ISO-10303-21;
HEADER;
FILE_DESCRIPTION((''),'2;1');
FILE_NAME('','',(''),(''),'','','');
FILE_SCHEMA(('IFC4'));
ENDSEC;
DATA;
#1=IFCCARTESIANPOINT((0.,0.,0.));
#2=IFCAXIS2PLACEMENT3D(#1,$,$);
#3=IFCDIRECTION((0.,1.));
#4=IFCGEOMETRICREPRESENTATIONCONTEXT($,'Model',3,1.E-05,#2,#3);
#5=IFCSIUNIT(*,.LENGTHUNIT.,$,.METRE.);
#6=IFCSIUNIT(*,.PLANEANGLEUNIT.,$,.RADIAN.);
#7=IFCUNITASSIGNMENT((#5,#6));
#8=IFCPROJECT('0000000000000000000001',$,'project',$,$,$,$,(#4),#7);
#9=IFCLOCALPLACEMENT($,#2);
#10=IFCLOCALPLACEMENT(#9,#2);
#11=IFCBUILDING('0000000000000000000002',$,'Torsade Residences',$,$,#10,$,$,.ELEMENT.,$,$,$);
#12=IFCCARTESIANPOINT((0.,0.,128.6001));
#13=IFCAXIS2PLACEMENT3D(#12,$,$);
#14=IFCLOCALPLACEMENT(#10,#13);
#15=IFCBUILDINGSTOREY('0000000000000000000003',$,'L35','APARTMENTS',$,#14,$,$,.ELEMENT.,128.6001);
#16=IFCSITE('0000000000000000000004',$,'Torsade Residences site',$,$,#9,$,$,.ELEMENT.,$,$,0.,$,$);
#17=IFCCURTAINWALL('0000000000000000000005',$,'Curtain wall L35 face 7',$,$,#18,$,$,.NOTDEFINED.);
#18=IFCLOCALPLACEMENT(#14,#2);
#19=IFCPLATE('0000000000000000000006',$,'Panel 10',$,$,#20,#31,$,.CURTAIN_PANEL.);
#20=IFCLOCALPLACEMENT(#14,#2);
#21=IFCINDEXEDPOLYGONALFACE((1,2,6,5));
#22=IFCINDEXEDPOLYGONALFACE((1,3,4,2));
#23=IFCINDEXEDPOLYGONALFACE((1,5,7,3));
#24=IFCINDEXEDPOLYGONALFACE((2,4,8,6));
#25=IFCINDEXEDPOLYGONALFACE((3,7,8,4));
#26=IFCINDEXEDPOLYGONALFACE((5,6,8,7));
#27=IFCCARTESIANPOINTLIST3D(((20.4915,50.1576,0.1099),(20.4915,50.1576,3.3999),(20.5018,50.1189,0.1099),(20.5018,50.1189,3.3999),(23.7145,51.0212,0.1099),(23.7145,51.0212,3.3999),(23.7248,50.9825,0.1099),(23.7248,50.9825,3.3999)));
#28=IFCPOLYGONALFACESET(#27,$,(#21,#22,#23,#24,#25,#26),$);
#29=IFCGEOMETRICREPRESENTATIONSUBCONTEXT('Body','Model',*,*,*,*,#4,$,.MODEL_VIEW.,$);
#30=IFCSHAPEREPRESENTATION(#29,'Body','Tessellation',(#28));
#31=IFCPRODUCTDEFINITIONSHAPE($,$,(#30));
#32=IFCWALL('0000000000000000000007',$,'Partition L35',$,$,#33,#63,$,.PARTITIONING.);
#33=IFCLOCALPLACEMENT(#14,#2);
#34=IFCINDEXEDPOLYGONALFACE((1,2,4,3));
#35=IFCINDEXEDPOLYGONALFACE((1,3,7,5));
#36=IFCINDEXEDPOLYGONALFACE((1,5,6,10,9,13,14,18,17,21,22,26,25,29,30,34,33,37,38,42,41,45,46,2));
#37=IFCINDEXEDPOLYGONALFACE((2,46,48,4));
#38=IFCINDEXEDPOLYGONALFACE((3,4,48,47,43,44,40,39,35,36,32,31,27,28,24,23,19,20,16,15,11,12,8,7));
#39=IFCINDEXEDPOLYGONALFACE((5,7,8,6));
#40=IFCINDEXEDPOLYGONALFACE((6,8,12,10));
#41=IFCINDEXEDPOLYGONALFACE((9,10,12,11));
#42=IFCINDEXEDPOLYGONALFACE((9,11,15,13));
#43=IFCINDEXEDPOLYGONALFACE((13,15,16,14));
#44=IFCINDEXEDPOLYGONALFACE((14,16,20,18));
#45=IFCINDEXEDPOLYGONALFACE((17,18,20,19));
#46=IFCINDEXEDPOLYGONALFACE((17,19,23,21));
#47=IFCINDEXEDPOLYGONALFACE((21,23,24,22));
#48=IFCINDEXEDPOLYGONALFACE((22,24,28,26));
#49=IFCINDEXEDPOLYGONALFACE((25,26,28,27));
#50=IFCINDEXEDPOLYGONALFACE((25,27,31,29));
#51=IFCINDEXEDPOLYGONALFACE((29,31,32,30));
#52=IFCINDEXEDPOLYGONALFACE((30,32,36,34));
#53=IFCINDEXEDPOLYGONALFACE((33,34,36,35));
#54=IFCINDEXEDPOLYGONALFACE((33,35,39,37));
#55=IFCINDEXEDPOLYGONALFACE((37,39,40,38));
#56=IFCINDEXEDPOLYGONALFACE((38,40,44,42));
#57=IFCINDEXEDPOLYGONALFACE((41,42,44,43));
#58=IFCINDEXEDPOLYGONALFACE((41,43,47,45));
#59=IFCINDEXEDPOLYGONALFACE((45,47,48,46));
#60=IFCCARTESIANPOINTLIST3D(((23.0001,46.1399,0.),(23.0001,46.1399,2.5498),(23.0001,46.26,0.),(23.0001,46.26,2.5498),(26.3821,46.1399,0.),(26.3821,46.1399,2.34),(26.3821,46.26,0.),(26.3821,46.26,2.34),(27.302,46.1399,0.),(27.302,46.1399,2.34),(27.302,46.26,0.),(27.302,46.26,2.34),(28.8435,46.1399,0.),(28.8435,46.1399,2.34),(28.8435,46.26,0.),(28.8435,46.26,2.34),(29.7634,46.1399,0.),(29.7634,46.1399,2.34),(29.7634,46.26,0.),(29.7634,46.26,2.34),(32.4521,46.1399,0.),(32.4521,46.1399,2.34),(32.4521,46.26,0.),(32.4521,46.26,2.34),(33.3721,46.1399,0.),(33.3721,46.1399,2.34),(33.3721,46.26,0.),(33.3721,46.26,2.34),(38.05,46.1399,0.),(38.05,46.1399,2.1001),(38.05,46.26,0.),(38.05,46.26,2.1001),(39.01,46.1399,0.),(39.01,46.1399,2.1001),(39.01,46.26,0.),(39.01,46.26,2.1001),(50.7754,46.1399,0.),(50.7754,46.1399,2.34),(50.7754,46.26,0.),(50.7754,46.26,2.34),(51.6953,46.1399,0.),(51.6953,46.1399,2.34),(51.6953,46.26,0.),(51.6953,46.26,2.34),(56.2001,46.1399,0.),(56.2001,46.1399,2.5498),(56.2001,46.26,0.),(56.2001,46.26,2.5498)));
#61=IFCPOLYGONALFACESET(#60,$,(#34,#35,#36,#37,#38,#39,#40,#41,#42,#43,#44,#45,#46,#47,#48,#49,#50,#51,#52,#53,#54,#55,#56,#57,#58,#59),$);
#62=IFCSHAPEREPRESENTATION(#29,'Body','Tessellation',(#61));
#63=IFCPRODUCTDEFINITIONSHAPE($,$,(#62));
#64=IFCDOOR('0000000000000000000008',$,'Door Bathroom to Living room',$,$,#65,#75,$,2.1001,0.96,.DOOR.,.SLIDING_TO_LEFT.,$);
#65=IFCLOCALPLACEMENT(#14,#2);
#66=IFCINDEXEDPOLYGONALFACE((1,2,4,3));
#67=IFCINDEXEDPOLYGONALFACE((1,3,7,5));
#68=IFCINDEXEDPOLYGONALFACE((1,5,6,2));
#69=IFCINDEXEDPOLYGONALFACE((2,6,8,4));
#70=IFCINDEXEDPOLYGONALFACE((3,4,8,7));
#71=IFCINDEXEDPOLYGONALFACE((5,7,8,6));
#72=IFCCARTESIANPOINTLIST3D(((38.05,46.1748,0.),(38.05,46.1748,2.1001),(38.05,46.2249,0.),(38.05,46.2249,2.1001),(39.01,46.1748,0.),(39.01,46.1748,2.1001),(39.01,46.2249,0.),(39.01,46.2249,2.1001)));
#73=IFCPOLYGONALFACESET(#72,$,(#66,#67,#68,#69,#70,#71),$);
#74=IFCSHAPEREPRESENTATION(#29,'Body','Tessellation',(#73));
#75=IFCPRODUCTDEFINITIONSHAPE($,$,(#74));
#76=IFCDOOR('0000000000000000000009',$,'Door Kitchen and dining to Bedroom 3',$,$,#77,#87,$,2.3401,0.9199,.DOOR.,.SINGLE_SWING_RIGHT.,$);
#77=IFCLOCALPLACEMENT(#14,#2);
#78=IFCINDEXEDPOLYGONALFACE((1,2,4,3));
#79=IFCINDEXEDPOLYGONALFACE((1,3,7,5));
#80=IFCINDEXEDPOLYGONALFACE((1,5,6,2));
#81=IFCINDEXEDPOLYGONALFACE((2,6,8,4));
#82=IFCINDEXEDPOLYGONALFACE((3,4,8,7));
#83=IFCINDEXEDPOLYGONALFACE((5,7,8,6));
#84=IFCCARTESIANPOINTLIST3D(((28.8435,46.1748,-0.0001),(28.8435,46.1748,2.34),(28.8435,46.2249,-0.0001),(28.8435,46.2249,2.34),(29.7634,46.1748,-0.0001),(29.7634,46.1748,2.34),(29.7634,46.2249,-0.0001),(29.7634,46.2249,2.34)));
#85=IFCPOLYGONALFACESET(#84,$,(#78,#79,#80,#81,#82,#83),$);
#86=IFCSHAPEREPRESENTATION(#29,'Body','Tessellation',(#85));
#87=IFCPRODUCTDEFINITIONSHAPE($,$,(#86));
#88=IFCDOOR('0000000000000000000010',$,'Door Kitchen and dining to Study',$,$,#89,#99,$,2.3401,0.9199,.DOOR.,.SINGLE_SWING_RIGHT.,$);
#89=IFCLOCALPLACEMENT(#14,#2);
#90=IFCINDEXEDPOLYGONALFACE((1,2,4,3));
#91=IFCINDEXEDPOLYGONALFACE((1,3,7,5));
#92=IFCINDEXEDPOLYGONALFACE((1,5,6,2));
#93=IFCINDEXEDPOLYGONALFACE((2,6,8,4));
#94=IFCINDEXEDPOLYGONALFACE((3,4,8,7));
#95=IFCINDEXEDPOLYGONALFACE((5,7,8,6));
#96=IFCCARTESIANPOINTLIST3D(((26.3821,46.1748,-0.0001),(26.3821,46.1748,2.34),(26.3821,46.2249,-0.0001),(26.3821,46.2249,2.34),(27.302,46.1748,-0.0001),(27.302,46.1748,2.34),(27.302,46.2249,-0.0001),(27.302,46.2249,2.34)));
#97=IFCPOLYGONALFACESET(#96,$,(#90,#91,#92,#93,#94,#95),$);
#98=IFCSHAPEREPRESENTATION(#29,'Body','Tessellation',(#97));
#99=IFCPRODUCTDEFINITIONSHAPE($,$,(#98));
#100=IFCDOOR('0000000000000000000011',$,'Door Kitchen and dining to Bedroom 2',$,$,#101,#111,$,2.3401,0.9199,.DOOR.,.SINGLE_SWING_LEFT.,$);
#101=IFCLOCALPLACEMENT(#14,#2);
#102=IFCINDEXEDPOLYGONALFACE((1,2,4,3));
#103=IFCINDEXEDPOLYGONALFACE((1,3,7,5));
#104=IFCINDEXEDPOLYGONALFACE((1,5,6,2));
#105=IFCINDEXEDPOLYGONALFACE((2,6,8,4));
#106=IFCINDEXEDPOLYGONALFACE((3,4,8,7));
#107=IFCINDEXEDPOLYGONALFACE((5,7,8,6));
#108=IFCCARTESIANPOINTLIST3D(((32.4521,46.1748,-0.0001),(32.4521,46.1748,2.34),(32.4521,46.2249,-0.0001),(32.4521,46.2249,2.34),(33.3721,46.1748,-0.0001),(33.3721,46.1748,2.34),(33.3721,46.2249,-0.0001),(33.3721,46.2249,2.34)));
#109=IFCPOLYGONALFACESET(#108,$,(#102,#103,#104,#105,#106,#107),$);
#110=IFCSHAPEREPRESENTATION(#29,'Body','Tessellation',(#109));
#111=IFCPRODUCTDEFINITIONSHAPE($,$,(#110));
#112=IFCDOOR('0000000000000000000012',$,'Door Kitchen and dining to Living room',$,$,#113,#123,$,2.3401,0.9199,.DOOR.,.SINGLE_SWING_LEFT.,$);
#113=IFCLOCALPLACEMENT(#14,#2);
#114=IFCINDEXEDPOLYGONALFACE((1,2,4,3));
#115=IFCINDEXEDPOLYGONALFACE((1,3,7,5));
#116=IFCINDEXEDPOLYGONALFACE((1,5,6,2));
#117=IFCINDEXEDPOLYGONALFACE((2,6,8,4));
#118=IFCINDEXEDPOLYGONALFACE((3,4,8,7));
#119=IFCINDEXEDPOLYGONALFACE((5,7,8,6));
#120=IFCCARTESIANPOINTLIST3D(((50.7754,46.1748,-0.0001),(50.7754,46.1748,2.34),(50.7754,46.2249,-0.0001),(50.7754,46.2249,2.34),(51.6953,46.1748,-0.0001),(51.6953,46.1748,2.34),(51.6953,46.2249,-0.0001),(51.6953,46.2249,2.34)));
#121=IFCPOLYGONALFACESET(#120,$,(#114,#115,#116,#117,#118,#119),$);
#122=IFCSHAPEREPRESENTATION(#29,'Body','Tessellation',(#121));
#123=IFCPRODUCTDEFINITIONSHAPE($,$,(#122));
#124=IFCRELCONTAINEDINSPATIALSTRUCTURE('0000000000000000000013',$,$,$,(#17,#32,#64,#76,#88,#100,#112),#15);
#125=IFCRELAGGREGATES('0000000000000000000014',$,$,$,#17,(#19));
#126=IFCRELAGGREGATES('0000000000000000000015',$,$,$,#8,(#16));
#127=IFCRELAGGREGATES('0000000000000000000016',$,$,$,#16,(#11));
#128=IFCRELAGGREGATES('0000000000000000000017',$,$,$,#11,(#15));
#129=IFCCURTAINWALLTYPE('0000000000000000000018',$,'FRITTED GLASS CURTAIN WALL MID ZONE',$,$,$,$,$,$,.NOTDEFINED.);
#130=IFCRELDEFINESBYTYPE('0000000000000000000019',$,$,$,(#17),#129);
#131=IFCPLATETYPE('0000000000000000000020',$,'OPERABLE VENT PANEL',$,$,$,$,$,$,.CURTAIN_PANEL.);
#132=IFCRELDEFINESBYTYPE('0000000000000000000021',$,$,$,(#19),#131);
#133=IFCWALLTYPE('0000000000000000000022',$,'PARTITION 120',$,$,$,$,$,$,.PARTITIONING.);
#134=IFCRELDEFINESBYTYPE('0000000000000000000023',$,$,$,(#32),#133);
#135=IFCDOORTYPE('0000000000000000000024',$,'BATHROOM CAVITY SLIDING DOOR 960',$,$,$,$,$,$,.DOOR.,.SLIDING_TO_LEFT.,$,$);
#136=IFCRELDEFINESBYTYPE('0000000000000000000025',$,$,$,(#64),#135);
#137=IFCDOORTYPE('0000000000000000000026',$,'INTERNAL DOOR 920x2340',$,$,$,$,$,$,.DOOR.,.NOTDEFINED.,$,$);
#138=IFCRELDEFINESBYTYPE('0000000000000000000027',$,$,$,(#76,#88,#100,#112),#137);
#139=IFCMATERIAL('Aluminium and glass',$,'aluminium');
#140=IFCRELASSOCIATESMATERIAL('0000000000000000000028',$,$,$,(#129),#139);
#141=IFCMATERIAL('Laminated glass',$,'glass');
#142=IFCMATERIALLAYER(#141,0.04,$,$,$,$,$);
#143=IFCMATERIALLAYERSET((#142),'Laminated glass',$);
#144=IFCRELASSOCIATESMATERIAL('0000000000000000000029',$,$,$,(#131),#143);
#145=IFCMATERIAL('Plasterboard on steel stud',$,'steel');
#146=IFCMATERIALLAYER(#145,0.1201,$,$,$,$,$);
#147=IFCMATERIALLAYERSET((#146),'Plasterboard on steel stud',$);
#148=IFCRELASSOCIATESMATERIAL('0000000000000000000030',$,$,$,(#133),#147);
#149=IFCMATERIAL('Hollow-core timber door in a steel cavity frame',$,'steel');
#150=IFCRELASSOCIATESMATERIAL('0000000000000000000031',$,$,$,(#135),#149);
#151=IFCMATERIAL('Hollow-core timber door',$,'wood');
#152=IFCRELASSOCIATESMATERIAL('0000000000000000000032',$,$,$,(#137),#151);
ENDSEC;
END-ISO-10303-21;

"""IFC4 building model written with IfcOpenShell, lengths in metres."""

from ifc_helpers import new_model, si_unit, direction, frame, frame_2d, origin, origin_2d, place, context, subcontext, project, spatial, rectangle, extrude, material, layer, layer_set, type_object, element, fill, aggregate, save


model = new_model("IFC4")

# Units and contexts
model_context = context("Model", 3, precision=1e-05, world=origin(), true_north=direction((0.0, 1.0)))
body_context = subcontext(model_context, "Body", "Model", "MODEL_VIEW")
ifc_project = project(units=[si_unit("LENGTHUNIT", "METRE"), si_unit("PLANEANGLEUNIT", "RADIAN")], contexts=[model_context])

# Site, building, storey
site_placement = place(None, origin())
site = spatial("IfcSite", under=ifc_project, at=site_placement, Name="Torsade Residences site", CompositionType="ELEMENT", RefElevation=0.0)
building_placement = place(site_placement, origin())
building = spatial("IfcBuilding", under=site, at=building_placement, Name="Torsade Residences", CompositionType="ELEMENT")
storey_placement = place(building_placement, frame((0.0, 0.0, 128.6001)))
storey = spatial("IfcBuildingStorey", under=building, at=storey_placement, Name="L35", Description="APARTMENTS", CompositionType="ELEMENT", Elevation=128.6001)

# Curtain wall
ifc_material_1 = material(Name="Aluminium and glass", Category="aluminium")
curtain_wall_type = type_object("IfcCurtainWallType", Name="FRITTED GLASS CURTAIN WALL MID ZONE", PredefinedType="NOTDEFINED", material=ifc_material_1)
curtain_wall_placement = place(storey_placement, origin())
curtain_wall = element("IfcCurtainWall", 1, at=curtain_wall_placement, inside=storey, type_object=curtain_wall_type, Name="Curtain wall L35 face 7", PredefinedType="NOTDEFINED")

# Plate
ifc_material_2 = material(Name="Laminated glass", Category="glass")
ifc_layer_1 = layer(ifc_material_2, 0.04)
ifc_layer_set_1 = layer_set([ifc_layer_1], Name="Laminated glass")
plate_type_1 = type_object("IfcPlateType", Name="OPERABLE VENT PANEL", PredefinedType="CURTAIN_PANEL", material=ifc_layer_set_1)
plate_1_placement = place(storey_placement, frame((22.1082, 50.5701, 0.1099), z_axis=(0.0, 0.0, 1.0), x_axis=(-0.965926, -0.258819, 0.0)))
plate_1 = element("IfcPlate", 2, at=plate_1_placement, type_object=plate_type_1, Name="Panel 10", PredefinedType="CURTAIN_PANEL", context=body_context, shape_type="SweptSolid", body=[
    extrude(rectangle(XDim=3.3367, YDim=0.04, at=origin_2d()), origin(), (0.0, 0.0, 1.0), 3.29),
])
aggregate(curtain_wall, [plate_1])

# Wall, openings, doors
ifc_material_3 = material(Name="Plasterboard on steel stud", Category="steel")
ifc_layer_2 = layer(ifc_material_3, 0.1201)
ifc_layer_set_2 = layer_set([ifc_layer_2], Name="Plasterboard on steel stud")
wall_type_1 = type_object("IfcWallType", Name="PARTITION 120", PredefinedType="PARTITIONING", material=ifc_layer_set_2)
wall_1_placement = place(storey_placement, frame((23.0, 46.2, 0.0), z_axis=(0.0, 0.0, 1.0), x_axis=(1.0, 0.0, 0.0)))
wall_1 = element("IfcWall", 3, at=wall_1_placement, inside=storey, type_object=wall_type_1, Name="Partition L35", PredefinedType="PARTITIONING", context=body_context, shape_type="SweptSolid", body=[
    extrude(rectangle(XDim=33.2, YDim=0.1201, at=frame_2d((16.6001, 0.0))), origin(), (0.0, 0.0, 1.0), 2.5498),
])
opening_1_placement = place(wall_1_placement, frame((5.8435, 0.0, 0.0)))
opening_1 = element("IfcOpeningElement", 4, at=opening_1_placement, cuts=wall_1, PredefinedType="OPENING", context=body_context, shape_type="SweptSolid", body=[
    extrude(rectangle(XDim=0.9199, YDim=2.3401, at=frame_2d((0.46, 1.1699))), frame((0.0, 0.0701, 0.0), z_axis=(0.0, -1.0, 0.0), x_axis=(1.0, 0.0, 0.0)), (0.0, 0.0, 1.0), 0.1401),
])
opening_2_placement = place(wall_1_placement, frame((3.3821, 0.0, 0.0)))
opening_2 = element("IfcOpeningElement", 5, at=opening_2_placement, cuts=wall_1, PredefinedType="OPENING", context=body_context, shape_type="SweptSolid", body=[
    extrude(rectangle(XDim=0.9199, YDim=2.3401, at=frame_2d((0.46, 1.1699))), frame((0.0, 0.0701, 0.0), z_axis=(0.0, -1.0, 0.0), x_axis=(1.0, 0.0, 0.0)), (0.0, 0.0, 1.0), 0.1401),
])
opening_3_placement = place(wall_1_placement, frame((9.4521, 0.0, 0.0)))
opening_3 = element("IfcOpeningElement", 6, at=opening_3_placement, cuts=wall_1, PredefinedType="OPENING", context=body_context, shape_type="SweptSolid", body=[
    extrude(rectangle(XDim=0.9199, YDim=2.3401, at=frame_2d((0.46, 1.1699))), frame((0.0, 0.0701, 0.0), z_axis=(0.0, -1.0, 0.0), x_axis=(1.0, 0.0, 0.0)), (0.0, 0.0, 1.0), 0.1401),
])
opening_4_placement = place(wall_1_placement, frame((27.7754, 0.0, 0.0)))
opening_4 = element("IfcOpeningElement", 7, at=opening_4_placement, cuts=wall_1, PredefinedType="OPENING", context=body_context, shape_type="SweptSolid", body=[
    extrude(rectangle(XDim=0.9199, YDim=2.3401, at=frame_2d((0.46, 1.1699))), frame((0.0, 0.0701, 0.0), z_axis=(0.0, -1.0, 0.0), x_axis=(1.0, 0.0, 0.0)), (0.0, 0.0, 1.0), 0.1401),
])
opening_5_placement = place(wall_1_placement, frame((15.05, 0.0, 0.0)))
opening_5 = element("IfcOpeningElement", 8, at=opening_5_placement, cuts=wall_1, PredefinedType="OPENING", context=body_context, shape_type="SweptSolid", body=[
    extrude(rectangle(XDim=0.96, YDim=2.1001, at=frame_2d((0.48, 1.05))), frame((0.0, 0.0701, 0.0), z_axis=(0.0, -1.0, 0.0), x_axis=(1.0, 0.0, 0.0)), (0.0, 0.0, 1.0), 0.1401),
])
ifc_material_4 = material(Name="Hollow-core timber door in a steel cavity frame", Category="steel")
door_type_1 = type_object("IfcDoorType", Name="BATHROOM CAVITY SLIDING DOOR 960", OperationType="SLIDING_TO_LEFT", PredefinedType="DOOR", material=ifc_material_4)
door_1_placement = place(opening_5_placement, origin())
door_1 = element("IfcDoor", 9, at=door_1_placement, inside=storey, type_object=door_type_1, Name="Door Bathroom to Living room", OperationType="SLIDING_TO_LEFT", OverallHeight=2.1001, OverallWidth=0.96, PredefinedType="DOOR", context=body_context, shape_type="SweptSolid", body=[
    extrude(rectangle(XDim=0.96, YDim=2.1001, at=frame_2d((0.48, 1.05))), frame((0.0, 0.0249, 0.0), z_axis=(0.0, -1.0, 0.0), x_axis=(1.0, 0.0, 0.0)), (0.0, 0.0, 1.0), 0.05),
])
fill(opening_5, door_1)
ifc_material_5 = material(Name="Hollow-core timber door", Category="wood")
door_type_2 = type_object("IfcDoorType", Name="INTERNAL DOOR 920x2340", OperationType="NOTDEFINED", PredefinedType="DOOR", material=ifc_material_5)
door_2_placement = place(opening_1_placement, origin())
door_2 = element("IfcDoor", 10, at=door_2_placement, inside=storey, type_object=door_type_2, Name="Door Kitchen and dining to Bedroom 3", OperationType="SINGLE_SWING_RIGHT", OverallHeight=2.3401, OverallWidth=0.9199, PredefinedType="DOOR", context=body_context, shape_type="SweptSolid", body=[
    extrude(rectangle(XDim=0.9199, YDim=2.3401, at=frame_2d((0.46, 1.1699))), frame((0.0, 0.0249, 0.0), z_axis=(0.0, -1.0, 0.0), x_axis=(1.0, 0.0, 0.0)), (0.0, 0.0, 1.0), 0.05),
])
fill(opening_1, door_2)
door_3_placement = place(opening_2_placement, origin())
door_3 = element("IfcDoor", 11, at=door_3_placement, inside=storey, type_object=door_type_2, Name="Door Kitchen and dining to Study", OperationType="SINGLE_SWING_RIGHT", OverallHeight=2.3401, OverallWidth=0.9199, PredefinedType="DOOR", context=body_context, shape_type="SweptSolid", body=[
    extrude(rectangle(XDim=0.9199, YDim=2.3401, at=frame_2d((0.46, 1.1699))), frame((0.0, 0.0249, 0.0), z_axis=(0.0, -1.0, 0.0), x_axis=(1.0, 0.0, 0.0)), (0.0, 0.0, 1.0), 0.05),
])
fill(opening_2, door_3)
door_4_placement = place(opening_3_placement, origin())
door_4 = element("IfcDoor", 12, at=door_4_placement, inside=storey, type_object=door_type_2, Name="Door Kitchen and dining to Bedroom 2", OperationType="SINGLE_SWING_LEFT", OverallHeight=2.3401, OverallWidth=0.9199, PredefinedType="DOOR", context=body_context, shape_type="SweptSolid", body=[
    extrude(rectangle(XDim=0.9199, YDim=2.3401, at=frame_2d((0.46, 1.1699))), frame((0.0, 0.0249, 0.0), z_axis=(0.0, -1.0, 0.0), x_axis=(1.0, 0.0, 0.0)), (0.0, 0.0, 1.0), 0.05),
])
fill(opening_3, door_4)
door_5_placement = place(opening_4_placement, origin())
door_5 = element("IfcDoor", 13, at=door_5_placement, inside=storey, type_object=door_type_2, Name="Door Kitchen and dining to Living room", OperationType="SINGLE_SWING_LEFT", OverallHeight=2.3401, OverallWidth=0.9199, PredefinedType="DOOR", context=body_context, shape_type="SweptSolid", body=[
    extrude(rectangle(XDim=0.9199, YDim=2.3401, at=frame_2d((0.46, 1.1699))), frame((0.0, 0.0249, 0.0), z_axis=(0.0, -1.0, 0.0), x_axis=(1.0, 0.0, 0.0)), (0.0, 0.0, 1.0), 0.05),
])
fill(opening_4, door_5)

save(model, "model.ifc")
